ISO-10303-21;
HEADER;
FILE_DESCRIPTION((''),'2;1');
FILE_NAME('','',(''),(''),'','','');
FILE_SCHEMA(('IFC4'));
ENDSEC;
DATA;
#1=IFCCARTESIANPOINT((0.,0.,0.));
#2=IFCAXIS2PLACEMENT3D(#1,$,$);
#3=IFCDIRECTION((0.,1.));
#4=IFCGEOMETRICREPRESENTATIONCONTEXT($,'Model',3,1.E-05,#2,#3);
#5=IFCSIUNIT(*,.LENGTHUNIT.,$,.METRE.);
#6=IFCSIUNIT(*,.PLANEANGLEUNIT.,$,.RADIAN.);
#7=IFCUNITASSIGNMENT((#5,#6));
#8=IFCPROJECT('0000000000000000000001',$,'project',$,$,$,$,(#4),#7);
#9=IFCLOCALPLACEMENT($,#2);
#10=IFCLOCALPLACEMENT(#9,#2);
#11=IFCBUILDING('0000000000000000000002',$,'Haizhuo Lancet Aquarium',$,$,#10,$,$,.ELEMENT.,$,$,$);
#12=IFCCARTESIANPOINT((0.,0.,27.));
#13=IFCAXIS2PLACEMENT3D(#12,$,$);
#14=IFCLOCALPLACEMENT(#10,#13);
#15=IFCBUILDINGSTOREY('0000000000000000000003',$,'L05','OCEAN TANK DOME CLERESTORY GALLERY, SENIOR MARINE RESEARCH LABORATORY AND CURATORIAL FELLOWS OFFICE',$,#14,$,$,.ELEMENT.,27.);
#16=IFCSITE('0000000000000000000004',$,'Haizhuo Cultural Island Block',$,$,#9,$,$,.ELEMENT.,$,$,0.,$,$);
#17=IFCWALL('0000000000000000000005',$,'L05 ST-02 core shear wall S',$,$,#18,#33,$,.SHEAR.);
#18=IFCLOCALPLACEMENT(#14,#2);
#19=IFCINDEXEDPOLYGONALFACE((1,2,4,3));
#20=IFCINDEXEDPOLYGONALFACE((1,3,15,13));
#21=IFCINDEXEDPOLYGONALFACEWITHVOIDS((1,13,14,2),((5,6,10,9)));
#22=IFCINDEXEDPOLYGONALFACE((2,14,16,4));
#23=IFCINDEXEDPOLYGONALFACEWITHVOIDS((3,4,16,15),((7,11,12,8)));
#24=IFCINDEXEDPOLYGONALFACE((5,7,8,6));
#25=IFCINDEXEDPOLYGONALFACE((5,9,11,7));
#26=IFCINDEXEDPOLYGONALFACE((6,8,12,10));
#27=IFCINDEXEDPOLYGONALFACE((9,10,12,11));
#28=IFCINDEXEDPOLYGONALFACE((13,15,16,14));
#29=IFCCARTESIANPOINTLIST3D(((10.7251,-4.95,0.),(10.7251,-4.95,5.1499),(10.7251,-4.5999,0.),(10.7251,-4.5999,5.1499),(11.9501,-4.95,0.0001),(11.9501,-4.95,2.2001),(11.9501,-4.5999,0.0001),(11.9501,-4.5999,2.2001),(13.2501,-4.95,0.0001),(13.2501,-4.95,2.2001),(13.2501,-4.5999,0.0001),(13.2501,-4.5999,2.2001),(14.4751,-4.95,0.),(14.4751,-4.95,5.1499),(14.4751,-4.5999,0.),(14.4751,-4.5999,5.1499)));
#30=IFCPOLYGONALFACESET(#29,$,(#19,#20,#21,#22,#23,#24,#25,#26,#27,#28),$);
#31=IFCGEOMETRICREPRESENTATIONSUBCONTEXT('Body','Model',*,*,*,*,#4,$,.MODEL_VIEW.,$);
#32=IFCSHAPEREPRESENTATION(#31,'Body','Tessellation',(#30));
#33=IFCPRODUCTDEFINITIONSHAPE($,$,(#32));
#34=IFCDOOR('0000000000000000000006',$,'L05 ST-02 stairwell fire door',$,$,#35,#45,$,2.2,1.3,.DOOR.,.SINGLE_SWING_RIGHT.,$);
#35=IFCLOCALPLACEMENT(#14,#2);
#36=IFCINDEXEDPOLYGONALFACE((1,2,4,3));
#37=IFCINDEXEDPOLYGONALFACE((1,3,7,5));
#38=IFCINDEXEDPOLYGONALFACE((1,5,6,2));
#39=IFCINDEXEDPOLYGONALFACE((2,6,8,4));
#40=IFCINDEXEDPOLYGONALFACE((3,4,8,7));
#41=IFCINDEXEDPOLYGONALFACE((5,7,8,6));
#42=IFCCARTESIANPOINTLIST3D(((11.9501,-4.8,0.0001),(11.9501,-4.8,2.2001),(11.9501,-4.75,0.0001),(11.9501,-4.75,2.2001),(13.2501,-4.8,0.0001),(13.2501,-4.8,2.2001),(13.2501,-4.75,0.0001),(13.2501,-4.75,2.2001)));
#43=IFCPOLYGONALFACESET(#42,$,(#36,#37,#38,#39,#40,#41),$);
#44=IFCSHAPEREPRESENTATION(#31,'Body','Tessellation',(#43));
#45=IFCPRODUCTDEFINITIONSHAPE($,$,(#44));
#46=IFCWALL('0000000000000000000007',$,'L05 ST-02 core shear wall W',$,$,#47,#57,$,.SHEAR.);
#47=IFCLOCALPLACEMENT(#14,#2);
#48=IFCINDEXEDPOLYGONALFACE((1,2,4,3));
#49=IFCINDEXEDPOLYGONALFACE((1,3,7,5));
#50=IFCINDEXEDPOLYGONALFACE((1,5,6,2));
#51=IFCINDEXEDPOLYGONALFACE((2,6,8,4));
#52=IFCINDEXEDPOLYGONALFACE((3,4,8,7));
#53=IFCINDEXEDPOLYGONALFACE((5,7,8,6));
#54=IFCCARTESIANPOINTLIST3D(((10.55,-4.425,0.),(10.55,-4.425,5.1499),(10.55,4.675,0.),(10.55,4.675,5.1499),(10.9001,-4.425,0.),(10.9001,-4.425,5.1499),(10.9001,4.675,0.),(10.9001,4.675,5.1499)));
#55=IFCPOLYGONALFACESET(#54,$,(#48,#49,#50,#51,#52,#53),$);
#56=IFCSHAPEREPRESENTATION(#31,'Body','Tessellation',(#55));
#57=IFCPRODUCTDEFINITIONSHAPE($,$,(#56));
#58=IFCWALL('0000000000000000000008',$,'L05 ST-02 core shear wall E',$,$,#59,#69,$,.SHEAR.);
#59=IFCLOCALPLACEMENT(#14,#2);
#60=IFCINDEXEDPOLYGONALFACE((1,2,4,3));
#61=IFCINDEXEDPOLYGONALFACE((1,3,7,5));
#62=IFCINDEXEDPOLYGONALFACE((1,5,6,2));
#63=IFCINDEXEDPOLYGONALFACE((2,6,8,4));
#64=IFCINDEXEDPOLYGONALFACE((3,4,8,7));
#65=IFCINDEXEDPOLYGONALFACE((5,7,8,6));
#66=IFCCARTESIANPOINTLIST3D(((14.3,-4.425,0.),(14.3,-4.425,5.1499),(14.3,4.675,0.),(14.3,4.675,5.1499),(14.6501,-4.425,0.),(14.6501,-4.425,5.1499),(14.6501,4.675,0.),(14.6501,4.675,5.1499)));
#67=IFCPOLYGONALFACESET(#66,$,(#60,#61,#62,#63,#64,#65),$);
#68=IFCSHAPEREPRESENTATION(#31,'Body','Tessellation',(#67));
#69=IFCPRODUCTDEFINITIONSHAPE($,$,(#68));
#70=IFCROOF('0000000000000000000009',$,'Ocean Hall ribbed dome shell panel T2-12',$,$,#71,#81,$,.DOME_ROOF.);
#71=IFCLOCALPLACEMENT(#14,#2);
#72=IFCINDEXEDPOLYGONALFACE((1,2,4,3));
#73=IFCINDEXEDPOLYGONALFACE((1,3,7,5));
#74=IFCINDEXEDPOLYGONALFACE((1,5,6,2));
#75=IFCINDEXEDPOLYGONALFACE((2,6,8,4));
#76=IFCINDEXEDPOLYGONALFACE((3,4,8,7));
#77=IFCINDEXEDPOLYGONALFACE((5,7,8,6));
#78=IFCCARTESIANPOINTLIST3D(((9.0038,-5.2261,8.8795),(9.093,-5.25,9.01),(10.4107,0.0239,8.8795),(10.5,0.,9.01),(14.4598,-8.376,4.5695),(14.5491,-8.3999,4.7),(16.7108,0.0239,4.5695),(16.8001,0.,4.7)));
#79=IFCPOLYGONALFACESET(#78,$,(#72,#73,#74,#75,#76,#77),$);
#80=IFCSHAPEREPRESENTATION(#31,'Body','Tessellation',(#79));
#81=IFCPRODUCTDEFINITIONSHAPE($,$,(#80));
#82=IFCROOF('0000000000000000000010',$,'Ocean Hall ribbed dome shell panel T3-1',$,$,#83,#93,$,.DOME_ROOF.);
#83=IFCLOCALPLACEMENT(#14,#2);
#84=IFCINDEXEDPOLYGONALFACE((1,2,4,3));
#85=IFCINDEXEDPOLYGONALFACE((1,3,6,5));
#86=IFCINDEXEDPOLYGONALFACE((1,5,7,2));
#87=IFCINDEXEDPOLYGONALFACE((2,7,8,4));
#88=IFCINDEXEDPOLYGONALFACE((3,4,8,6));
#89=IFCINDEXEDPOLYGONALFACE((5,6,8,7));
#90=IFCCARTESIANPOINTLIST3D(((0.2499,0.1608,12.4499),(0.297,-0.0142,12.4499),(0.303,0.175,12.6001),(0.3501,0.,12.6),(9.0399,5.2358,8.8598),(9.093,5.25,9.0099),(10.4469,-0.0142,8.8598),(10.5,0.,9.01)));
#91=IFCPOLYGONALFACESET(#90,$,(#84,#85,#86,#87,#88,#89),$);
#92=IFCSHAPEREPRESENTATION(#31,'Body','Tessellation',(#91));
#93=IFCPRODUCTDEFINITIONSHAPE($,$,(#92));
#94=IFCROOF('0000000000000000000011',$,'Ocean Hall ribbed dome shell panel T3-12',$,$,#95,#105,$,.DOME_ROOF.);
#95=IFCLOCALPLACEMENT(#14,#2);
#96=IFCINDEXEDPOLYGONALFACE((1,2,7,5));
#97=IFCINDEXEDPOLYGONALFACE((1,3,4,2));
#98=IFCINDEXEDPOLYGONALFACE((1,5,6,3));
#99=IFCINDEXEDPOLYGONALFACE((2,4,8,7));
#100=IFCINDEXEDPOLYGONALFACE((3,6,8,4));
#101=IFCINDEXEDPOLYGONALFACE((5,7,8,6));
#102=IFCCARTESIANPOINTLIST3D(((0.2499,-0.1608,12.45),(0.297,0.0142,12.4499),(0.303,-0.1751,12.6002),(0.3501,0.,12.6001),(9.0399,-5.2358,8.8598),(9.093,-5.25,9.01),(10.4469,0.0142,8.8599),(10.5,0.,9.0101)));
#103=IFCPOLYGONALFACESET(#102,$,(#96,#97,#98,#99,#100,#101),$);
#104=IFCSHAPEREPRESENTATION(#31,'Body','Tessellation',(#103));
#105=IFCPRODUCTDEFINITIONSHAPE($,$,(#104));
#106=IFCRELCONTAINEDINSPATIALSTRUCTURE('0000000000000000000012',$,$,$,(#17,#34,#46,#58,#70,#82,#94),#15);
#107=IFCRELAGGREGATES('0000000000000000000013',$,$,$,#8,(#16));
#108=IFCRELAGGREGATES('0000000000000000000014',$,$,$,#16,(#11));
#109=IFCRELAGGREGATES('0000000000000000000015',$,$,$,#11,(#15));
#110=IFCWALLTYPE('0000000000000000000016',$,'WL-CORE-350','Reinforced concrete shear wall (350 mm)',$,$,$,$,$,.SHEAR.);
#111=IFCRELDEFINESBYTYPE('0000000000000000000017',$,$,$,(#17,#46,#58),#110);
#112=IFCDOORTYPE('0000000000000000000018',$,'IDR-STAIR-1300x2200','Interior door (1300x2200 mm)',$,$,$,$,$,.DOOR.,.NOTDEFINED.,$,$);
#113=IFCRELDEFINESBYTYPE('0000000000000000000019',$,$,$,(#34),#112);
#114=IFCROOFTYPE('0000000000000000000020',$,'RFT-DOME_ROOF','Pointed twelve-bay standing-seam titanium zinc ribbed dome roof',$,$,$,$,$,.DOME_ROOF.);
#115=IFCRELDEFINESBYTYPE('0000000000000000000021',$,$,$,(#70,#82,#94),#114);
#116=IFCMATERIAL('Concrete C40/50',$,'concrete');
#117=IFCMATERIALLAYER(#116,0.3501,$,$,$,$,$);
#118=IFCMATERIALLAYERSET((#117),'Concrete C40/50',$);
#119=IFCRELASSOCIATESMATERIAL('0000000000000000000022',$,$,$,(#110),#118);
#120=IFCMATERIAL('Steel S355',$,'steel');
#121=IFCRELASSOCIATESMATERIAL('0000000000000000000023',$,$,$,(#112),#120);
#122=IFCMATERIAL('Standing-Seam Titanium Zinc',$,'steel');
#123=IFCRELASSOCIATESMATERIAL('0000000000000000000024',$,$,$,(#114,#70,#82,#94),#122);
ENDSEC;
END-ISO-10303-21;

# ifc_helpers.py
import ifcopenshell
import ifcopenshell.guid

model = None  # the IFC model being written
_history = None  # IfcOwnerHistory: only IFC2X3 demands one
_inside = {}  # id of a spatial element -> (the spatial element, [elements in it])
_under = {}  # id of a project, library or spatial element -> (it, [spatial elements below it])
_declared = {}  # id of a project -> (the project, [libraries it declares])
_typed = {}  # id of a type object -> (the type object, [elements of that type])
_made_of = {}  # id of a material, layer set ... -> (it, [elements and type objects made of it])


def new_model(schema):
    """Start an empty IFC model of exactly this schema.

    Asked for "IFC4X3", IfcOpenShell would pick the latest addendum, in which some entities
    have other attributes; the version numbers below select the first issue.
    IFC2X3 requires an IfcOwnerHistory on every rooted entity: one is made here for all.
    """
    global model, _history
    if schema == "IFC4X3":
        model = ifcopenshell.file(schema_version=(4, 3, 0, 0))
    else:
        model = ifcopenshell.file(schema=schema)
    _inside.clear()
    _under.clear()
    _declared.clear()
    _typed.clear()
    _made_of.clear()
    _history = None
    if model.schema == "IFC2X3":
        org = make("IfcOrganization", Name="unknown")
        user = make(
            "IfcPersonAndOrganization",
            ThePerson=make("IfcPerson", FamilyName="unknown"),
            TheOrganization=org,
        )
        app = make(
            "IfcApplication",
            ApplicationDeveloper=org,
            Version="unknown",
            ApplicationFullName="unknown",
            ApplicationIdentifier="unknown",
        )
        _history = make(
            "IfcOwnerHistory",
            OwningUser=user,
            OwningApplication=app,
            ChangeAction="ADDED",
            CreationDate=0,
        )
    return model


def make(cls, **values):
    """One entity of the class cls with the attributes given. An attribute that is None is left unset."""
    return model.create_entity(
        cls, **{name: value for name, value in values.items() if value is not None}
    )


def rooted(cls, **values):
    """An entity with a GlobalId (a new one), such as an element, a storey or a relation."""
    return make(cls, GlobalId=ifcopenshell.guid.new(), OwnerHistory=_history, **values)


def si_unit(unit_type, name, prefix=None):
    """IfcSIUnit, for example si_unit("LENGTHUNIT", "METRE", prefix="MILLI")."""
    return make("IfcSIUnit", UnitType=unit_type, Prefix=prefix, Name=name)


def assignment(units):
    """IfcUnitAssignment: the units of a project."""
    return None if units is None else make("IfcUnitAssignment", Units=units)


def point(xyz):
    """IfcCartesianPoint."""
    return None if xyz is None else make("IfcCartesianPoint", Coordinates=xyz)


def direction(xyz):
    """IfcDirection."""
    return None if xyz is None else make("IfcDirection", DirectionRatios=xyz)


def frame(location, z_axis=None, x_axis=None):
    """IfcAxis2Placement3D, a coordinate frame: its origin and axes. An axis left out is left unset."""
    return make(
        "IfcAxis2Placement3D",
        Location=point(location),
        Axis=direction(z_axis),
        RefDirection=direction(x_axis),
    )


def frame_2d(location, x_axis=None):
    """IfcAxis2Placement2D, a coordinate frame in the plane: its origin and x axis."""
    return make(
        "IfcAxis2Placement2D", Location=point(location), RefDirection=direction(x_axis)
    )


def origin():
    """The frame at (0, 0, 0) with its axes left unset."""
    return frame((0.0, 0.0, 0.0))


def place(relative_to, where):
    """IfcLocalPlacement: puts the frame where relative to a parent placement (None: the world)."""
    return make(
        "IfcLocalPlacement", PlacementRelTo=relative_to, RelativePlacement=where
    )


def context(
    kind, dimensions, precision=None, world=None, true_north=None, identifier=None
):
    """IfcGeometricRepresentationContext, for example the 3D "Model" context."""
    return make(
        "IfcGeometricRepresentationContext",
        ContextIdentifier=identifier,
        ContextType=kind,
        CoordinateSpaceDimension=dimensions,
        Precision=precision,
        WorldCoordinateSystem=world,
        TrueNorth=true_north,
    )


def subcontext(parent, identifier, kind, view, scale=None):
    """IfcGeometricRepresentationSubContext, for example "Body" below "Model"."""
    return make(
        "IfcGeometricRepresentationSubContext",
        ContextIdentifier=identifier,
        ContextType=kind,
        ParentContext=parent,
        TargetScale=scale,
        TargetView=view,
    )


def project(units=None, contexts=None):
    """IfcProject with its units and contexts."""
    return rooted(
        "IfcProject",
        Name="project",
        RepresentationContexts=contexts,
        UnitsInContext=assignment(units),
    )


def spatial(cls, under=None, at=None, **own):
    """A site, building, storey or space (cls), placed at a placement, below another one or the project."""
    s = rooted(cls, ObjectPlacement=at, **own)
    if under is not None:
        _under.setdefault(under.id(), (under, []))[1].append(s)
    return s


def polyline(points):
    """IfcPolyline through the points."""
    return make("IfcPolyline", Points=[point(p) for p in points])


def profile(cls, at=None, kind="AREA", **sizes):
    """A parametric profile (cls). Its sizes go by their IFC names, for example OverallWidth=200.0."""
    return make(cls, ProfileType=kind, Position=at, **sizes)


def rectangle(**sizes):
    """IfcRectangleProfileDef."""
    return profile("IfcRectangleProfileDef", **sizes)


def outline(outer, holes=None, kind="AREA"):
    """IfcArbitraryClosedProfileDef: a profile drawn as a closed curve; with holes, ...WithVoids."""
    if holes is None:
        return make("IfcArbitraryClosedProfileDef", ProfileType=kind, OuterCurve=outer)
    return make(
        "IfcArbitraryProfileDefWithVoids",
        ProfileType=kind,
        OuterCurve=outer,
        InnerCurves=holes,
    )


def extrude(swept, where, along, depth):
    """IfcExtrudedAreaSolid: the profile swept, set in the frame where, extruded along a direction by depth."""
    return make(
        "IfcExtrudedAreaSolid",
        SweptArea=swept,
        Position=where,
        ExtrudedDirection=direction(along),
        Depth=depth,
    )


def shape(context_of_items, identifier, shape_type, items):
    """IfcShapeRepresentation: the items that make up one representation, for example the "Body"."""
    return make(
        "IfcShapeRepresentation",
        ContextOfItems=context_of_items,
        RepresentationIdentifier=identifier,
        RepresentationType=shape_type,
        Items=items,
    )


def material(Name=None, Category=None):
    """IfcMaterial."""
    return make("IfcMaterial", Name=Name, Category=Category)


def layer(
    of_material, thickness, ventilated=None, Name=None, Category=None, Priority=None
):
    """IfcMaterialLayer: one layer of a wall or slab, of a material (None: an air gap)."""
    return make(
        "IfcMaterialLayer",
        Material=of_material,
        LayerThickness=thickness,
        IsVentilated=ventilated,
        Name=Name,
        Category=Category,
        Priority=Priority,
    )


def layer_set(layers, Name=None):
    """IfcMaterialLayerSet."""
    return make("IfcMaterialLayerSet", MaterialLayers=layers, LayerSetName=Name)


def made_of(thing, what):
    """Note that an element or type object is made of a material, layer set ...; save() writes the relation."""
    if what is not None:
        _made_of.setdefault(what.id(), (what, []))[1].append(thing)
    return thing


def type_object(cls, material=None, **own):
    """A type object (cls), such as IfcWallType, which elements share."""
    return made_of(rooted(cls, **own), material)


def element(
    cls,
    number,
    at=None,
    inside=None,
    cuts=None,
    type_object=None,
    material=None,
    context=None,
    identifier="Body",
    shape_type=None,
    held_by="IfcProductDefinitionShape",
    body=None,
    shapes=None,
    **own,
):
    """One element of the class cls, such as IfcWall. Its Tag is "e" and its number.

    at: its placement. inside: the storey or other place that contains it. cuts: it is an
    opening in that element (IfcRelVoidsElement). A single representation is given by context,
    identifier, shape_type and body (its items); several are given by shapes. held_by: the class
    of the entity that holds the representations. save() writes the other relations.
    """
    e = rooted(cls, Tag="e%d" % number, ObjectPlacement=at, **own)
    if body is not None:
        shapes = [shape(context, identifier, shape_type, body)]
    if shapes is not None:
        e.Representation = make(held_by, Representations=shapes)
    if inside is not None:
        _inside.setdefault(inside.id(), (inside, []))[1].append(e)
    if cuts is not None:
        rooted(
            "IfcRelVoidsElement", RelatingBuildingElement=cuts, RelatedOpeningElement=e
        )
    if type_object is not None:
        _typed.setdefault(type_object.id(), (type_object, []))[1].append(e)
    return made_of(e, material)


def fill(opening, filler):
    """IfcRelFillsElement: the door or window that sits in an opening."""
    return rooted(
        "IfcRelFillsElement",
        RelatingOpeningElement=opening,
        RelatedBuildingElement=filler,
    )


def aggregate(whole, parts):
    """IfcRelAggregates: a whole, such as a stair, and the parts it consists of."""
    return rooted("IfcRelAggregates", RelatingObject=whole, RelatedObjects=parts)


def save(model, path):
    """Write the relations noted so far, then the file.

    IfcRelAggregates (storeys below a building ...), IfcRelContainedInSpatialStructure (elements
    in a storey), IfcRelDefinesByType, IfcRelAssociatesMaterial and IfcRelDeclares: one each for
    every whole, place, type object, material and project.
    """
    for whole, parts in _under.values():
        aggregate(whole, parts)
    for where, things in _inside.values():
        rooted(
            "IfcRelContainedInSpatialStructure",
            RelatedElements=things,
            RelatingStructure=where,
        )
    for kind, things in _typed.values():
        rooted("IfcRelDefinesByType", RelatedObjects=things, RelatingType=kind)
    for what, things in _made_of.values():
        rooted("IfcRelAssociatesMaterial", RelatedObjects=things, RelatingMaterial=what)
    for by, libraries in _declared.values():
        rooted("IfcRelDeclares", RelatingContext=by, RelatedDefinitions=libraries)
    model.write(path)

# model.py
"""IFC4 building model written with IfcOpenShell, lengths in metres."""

from ifc_helpers import new_model, si_unit, direction, frame, frame_2d, origin, place, context, subcontext, project, spatial, polyline, rectangle, outline, extrude, material, layer, layer_set, type_object, element, fill, save


model = new_model("IFC4")

# Units and contexts
model_context = context("Model", 3, precision=1e-05, world=origin(), true_north=direction((0.0, 1.0)))
body_context = subcontext(model_context, "Body", "Model", "MODEL_VIEW")
ifc_project = project(units=[si_unit("LENGTHUNIT", "METRE"), si_unit("PLANEANGLEUNIT", "RADIAN")], contexts=[model_context])

# Site, building, storey
site_placement = place(None, origin())
site = spatial("IfcSite", under=ifc_project, at=site_placement, Name="Haizhuo Cultural Island Block", CompositionType="ELEMENT", RefElevation=0.0)
building_placement = place(site_placement, origin())
building = spatial("IfcBuilding", under=site, at=building_placement, Name="Haizhuo Lancet Aquarium", CompositionType="ELEMENT")
storey_placement = place(building_placement, frame((0.0, 0.0, 27.0)))
storey = spatial("IfcBuildingStorey", under=building, at=storey_placement, Name="L05", Description="OCEAN TANK DOME CLERESTORY GALLERY, SENIOR MARINE RESEARCH LABORATORY AND CURATORIAL FELLOWS OFFICE", CompositionType="ELEMENT", Elevation=27.0)

# Shared definitions
ifc_material_1 = material(Name="Concrete C40/50", Category="concrete")

# Shared definitions
ifc_material_2 = material(Name="Steel S355", Category="steel")

# Wall, opening, door
ifc_layer_1 = layer(ifc_material_1, 0.3501)
ifc_layer_set_1 = layer_set([ifc_layer_1], Name="Concrete C40/50")
wall_type = type_object("IfcWallType", Name="WL-CORE-350", Description="Reinforced concrete shear wall (350 mm)", PredefinedType="SHEAR", material=ifc_layer_set_1)
wall_placement = place(storey_placement, frame((10.7251, -4.7749, 0.0), z_axis=(0.0, 0.0, 1.0), x_axis=(1.0, 0.0, 0.0)))
wall = element("IfcWall", 1, at=wall_placement, inside=storey, type_object=wall_type, Name="L05 ST-02 core shear wall S", PredefinedType="SHEAR", context=body_context, shape_type="SweptSolid", body=[
    extrude(rectangle(XDim=3.75, YDim=0.3501, at=frame_2d((1.875, 0.0))), origin(), (0.0, 0.0, 1.0), 5.1499),
])
opening_placement = place(wall_placement, frame((1.2251, 0.0, 0.0)))
opening = element("IfcOpeningElement", 2, at=opening_placement, cuts=wall, PredefinedType="OPENING", context=body_context, shape_type="SweptSolid", body=[
    extrude(rectangle(XDim=1.3, YDim=2.2, at=frame_2d((0.6499, 1.1001))), frame((0.0, 0.1851, 0.0), z_axis=(0.0, -1.0, 0.0), x_axis=(1.0, 0.0, 0.0)), (0.0, 0.0, 1.0), 0.3701),
])
door_type = type_object("IfcDoorType", Name="IDR-STAIR-1300x2200", Description="Interior door (1300x2200 mm)", OperationType="NOTDEFINED", PredefinedType="DOOR", material=ifc_material_2)
door_placement = place(opening_placement, origin())
door = element("IfcDoor", 3, at=door_placement, inside=storey, type_object=door_type, Name="L05 ST-02 stairwell fire door", OperationType="SINGLE_SWING_RIGHT", OverallHeight=2.2, OverallWidth=1.3, PredefinedType="DOOR", context=body_context, shape_type="SweptSolid", body=[
    extrude(rectangle(XDim=1.3, YDim=2.2, at=frame_2d((0.6499, 1.1001))), frame((0.0, 0.0249, 0.0), z_axis=(0.0, -1.0, 0.0), x_axis=(1.0, 0.0, 0.0)), (0.0, 0.0, 1.0), 0.05),
])
fill(opening, door)

# Walls
for number, where, z_axis, x_axis, name in (
    (4, (10.7251, -4.425, 0.0), (0.0, 0.0, 1.0), (0.0, 1.0, 0.0), "L05 ST-02 core shear wall W"),
    (5, (14.4751, -4.425, 0.0), (0.0, 0.0, 1.0), (0.0, 1.0, 0.0), "L05 ST-02 core shear wall E"),
):
    element("IfcWall", number, at=place(storey_placement, frame(where, z_axis=z_axis, x_axis=x_axis)), inside=storey, type_object=wall_type, Name=name, PredefinedType="SHEAR", context=body_context, shape_type="SweptSolid", body=[
        extrude(rectangle(XDim=9.1001, YDim=0.3501, at=frame_2d((4.55, 0.0))), origin(), (0.0, 0.0, 1.0), 5.1499),
    ])

# Roofs
ifc_material_3 = material(Name="Standing-Seam Titanium Zinc", Category="steel")
roof_type = type_object("IfcRoofType", Name="RFT-DOME_ROOF", Description="Pointed twelve-bay standing-seam titanium zinc ribbed dome roof", PredefinedType="DOME_ROOF", material=ifc_material_3)
roof_1_placement = place(storey_placement, frame((14.5491, -8.3999, 4.7), z_axis=(0.55828, -0.14961, 0.816051), x_axis=(0.258846, 0.965919, 0.000003)))
element("IfcRoof", 6, at=roof_1_placement, inside=storey, type_object=roof_type, material=ifc_material_3, Name="Ocean Hall ribbed dome shell panel T2-12", PredefinedType="DOME_ROOF", context=body_context, shape_type="SweptSolid", body=[
    extrude(outline(polyline([(0.0, 0.0), (8.6963, 0.0), (7.0656, 7.4571), (1.6303, 7.4572), (0.0, 0.0)])), origin(), (0.0, 0.0, -1.0), 0.1599),
])
roof_2_placement = place(storey_placement, frame((10.5, 0.0, 9.01), z_axis=(0.332132, 0.089023, 0.939023), x_axis=(-0.258866, 0.965913, -0.000011)))
element("IfcRoof", 7, at=roof_2_placement, inside=storey, type_object=roof_type, material=ifc_material_3, Name="Ocean Hall ribbed dome shell panel T3-1", PredefinedType="DOME_ROOF", context=body_context, shape_type="SweptSolid", body=[
    extrude(outline(polyline([(0.0, 0.0), (5.4353, 0.0), (2.8087, 10.4408), (2.6274, 10.4406), (0.0, 0.0)])), origin(), (0.0, 0.0, -1.0), 0.1599),
])
roof_3_placement = place(storey_placement, frame((9.093, -5.25, 9.01), z_axis=(0.332132, -0.089023, 0.939023), x_axis=(0.258866, 0.965913, 0.000011)))
element("IfcRoof", 8, at=roof_3_placement, inside=storey, type_object=roof_type, material=ifc_material_3, Name="Ocean Hall ribbed dome shell panel T3-12", PredefinedType="DOME_ROOF", context=body_context, shape_type="SweptSolid", body=[
    extrude(outline(polyline([(0.0, 0.0), (5.4353, 0.0), (2.8078, 10.4406), (2.6266, 10.4408), (0.0, 0.0)])), origin(), (0.0, 0.0, -1.0), 0.1599),
])

save(model, "model.ifc")
